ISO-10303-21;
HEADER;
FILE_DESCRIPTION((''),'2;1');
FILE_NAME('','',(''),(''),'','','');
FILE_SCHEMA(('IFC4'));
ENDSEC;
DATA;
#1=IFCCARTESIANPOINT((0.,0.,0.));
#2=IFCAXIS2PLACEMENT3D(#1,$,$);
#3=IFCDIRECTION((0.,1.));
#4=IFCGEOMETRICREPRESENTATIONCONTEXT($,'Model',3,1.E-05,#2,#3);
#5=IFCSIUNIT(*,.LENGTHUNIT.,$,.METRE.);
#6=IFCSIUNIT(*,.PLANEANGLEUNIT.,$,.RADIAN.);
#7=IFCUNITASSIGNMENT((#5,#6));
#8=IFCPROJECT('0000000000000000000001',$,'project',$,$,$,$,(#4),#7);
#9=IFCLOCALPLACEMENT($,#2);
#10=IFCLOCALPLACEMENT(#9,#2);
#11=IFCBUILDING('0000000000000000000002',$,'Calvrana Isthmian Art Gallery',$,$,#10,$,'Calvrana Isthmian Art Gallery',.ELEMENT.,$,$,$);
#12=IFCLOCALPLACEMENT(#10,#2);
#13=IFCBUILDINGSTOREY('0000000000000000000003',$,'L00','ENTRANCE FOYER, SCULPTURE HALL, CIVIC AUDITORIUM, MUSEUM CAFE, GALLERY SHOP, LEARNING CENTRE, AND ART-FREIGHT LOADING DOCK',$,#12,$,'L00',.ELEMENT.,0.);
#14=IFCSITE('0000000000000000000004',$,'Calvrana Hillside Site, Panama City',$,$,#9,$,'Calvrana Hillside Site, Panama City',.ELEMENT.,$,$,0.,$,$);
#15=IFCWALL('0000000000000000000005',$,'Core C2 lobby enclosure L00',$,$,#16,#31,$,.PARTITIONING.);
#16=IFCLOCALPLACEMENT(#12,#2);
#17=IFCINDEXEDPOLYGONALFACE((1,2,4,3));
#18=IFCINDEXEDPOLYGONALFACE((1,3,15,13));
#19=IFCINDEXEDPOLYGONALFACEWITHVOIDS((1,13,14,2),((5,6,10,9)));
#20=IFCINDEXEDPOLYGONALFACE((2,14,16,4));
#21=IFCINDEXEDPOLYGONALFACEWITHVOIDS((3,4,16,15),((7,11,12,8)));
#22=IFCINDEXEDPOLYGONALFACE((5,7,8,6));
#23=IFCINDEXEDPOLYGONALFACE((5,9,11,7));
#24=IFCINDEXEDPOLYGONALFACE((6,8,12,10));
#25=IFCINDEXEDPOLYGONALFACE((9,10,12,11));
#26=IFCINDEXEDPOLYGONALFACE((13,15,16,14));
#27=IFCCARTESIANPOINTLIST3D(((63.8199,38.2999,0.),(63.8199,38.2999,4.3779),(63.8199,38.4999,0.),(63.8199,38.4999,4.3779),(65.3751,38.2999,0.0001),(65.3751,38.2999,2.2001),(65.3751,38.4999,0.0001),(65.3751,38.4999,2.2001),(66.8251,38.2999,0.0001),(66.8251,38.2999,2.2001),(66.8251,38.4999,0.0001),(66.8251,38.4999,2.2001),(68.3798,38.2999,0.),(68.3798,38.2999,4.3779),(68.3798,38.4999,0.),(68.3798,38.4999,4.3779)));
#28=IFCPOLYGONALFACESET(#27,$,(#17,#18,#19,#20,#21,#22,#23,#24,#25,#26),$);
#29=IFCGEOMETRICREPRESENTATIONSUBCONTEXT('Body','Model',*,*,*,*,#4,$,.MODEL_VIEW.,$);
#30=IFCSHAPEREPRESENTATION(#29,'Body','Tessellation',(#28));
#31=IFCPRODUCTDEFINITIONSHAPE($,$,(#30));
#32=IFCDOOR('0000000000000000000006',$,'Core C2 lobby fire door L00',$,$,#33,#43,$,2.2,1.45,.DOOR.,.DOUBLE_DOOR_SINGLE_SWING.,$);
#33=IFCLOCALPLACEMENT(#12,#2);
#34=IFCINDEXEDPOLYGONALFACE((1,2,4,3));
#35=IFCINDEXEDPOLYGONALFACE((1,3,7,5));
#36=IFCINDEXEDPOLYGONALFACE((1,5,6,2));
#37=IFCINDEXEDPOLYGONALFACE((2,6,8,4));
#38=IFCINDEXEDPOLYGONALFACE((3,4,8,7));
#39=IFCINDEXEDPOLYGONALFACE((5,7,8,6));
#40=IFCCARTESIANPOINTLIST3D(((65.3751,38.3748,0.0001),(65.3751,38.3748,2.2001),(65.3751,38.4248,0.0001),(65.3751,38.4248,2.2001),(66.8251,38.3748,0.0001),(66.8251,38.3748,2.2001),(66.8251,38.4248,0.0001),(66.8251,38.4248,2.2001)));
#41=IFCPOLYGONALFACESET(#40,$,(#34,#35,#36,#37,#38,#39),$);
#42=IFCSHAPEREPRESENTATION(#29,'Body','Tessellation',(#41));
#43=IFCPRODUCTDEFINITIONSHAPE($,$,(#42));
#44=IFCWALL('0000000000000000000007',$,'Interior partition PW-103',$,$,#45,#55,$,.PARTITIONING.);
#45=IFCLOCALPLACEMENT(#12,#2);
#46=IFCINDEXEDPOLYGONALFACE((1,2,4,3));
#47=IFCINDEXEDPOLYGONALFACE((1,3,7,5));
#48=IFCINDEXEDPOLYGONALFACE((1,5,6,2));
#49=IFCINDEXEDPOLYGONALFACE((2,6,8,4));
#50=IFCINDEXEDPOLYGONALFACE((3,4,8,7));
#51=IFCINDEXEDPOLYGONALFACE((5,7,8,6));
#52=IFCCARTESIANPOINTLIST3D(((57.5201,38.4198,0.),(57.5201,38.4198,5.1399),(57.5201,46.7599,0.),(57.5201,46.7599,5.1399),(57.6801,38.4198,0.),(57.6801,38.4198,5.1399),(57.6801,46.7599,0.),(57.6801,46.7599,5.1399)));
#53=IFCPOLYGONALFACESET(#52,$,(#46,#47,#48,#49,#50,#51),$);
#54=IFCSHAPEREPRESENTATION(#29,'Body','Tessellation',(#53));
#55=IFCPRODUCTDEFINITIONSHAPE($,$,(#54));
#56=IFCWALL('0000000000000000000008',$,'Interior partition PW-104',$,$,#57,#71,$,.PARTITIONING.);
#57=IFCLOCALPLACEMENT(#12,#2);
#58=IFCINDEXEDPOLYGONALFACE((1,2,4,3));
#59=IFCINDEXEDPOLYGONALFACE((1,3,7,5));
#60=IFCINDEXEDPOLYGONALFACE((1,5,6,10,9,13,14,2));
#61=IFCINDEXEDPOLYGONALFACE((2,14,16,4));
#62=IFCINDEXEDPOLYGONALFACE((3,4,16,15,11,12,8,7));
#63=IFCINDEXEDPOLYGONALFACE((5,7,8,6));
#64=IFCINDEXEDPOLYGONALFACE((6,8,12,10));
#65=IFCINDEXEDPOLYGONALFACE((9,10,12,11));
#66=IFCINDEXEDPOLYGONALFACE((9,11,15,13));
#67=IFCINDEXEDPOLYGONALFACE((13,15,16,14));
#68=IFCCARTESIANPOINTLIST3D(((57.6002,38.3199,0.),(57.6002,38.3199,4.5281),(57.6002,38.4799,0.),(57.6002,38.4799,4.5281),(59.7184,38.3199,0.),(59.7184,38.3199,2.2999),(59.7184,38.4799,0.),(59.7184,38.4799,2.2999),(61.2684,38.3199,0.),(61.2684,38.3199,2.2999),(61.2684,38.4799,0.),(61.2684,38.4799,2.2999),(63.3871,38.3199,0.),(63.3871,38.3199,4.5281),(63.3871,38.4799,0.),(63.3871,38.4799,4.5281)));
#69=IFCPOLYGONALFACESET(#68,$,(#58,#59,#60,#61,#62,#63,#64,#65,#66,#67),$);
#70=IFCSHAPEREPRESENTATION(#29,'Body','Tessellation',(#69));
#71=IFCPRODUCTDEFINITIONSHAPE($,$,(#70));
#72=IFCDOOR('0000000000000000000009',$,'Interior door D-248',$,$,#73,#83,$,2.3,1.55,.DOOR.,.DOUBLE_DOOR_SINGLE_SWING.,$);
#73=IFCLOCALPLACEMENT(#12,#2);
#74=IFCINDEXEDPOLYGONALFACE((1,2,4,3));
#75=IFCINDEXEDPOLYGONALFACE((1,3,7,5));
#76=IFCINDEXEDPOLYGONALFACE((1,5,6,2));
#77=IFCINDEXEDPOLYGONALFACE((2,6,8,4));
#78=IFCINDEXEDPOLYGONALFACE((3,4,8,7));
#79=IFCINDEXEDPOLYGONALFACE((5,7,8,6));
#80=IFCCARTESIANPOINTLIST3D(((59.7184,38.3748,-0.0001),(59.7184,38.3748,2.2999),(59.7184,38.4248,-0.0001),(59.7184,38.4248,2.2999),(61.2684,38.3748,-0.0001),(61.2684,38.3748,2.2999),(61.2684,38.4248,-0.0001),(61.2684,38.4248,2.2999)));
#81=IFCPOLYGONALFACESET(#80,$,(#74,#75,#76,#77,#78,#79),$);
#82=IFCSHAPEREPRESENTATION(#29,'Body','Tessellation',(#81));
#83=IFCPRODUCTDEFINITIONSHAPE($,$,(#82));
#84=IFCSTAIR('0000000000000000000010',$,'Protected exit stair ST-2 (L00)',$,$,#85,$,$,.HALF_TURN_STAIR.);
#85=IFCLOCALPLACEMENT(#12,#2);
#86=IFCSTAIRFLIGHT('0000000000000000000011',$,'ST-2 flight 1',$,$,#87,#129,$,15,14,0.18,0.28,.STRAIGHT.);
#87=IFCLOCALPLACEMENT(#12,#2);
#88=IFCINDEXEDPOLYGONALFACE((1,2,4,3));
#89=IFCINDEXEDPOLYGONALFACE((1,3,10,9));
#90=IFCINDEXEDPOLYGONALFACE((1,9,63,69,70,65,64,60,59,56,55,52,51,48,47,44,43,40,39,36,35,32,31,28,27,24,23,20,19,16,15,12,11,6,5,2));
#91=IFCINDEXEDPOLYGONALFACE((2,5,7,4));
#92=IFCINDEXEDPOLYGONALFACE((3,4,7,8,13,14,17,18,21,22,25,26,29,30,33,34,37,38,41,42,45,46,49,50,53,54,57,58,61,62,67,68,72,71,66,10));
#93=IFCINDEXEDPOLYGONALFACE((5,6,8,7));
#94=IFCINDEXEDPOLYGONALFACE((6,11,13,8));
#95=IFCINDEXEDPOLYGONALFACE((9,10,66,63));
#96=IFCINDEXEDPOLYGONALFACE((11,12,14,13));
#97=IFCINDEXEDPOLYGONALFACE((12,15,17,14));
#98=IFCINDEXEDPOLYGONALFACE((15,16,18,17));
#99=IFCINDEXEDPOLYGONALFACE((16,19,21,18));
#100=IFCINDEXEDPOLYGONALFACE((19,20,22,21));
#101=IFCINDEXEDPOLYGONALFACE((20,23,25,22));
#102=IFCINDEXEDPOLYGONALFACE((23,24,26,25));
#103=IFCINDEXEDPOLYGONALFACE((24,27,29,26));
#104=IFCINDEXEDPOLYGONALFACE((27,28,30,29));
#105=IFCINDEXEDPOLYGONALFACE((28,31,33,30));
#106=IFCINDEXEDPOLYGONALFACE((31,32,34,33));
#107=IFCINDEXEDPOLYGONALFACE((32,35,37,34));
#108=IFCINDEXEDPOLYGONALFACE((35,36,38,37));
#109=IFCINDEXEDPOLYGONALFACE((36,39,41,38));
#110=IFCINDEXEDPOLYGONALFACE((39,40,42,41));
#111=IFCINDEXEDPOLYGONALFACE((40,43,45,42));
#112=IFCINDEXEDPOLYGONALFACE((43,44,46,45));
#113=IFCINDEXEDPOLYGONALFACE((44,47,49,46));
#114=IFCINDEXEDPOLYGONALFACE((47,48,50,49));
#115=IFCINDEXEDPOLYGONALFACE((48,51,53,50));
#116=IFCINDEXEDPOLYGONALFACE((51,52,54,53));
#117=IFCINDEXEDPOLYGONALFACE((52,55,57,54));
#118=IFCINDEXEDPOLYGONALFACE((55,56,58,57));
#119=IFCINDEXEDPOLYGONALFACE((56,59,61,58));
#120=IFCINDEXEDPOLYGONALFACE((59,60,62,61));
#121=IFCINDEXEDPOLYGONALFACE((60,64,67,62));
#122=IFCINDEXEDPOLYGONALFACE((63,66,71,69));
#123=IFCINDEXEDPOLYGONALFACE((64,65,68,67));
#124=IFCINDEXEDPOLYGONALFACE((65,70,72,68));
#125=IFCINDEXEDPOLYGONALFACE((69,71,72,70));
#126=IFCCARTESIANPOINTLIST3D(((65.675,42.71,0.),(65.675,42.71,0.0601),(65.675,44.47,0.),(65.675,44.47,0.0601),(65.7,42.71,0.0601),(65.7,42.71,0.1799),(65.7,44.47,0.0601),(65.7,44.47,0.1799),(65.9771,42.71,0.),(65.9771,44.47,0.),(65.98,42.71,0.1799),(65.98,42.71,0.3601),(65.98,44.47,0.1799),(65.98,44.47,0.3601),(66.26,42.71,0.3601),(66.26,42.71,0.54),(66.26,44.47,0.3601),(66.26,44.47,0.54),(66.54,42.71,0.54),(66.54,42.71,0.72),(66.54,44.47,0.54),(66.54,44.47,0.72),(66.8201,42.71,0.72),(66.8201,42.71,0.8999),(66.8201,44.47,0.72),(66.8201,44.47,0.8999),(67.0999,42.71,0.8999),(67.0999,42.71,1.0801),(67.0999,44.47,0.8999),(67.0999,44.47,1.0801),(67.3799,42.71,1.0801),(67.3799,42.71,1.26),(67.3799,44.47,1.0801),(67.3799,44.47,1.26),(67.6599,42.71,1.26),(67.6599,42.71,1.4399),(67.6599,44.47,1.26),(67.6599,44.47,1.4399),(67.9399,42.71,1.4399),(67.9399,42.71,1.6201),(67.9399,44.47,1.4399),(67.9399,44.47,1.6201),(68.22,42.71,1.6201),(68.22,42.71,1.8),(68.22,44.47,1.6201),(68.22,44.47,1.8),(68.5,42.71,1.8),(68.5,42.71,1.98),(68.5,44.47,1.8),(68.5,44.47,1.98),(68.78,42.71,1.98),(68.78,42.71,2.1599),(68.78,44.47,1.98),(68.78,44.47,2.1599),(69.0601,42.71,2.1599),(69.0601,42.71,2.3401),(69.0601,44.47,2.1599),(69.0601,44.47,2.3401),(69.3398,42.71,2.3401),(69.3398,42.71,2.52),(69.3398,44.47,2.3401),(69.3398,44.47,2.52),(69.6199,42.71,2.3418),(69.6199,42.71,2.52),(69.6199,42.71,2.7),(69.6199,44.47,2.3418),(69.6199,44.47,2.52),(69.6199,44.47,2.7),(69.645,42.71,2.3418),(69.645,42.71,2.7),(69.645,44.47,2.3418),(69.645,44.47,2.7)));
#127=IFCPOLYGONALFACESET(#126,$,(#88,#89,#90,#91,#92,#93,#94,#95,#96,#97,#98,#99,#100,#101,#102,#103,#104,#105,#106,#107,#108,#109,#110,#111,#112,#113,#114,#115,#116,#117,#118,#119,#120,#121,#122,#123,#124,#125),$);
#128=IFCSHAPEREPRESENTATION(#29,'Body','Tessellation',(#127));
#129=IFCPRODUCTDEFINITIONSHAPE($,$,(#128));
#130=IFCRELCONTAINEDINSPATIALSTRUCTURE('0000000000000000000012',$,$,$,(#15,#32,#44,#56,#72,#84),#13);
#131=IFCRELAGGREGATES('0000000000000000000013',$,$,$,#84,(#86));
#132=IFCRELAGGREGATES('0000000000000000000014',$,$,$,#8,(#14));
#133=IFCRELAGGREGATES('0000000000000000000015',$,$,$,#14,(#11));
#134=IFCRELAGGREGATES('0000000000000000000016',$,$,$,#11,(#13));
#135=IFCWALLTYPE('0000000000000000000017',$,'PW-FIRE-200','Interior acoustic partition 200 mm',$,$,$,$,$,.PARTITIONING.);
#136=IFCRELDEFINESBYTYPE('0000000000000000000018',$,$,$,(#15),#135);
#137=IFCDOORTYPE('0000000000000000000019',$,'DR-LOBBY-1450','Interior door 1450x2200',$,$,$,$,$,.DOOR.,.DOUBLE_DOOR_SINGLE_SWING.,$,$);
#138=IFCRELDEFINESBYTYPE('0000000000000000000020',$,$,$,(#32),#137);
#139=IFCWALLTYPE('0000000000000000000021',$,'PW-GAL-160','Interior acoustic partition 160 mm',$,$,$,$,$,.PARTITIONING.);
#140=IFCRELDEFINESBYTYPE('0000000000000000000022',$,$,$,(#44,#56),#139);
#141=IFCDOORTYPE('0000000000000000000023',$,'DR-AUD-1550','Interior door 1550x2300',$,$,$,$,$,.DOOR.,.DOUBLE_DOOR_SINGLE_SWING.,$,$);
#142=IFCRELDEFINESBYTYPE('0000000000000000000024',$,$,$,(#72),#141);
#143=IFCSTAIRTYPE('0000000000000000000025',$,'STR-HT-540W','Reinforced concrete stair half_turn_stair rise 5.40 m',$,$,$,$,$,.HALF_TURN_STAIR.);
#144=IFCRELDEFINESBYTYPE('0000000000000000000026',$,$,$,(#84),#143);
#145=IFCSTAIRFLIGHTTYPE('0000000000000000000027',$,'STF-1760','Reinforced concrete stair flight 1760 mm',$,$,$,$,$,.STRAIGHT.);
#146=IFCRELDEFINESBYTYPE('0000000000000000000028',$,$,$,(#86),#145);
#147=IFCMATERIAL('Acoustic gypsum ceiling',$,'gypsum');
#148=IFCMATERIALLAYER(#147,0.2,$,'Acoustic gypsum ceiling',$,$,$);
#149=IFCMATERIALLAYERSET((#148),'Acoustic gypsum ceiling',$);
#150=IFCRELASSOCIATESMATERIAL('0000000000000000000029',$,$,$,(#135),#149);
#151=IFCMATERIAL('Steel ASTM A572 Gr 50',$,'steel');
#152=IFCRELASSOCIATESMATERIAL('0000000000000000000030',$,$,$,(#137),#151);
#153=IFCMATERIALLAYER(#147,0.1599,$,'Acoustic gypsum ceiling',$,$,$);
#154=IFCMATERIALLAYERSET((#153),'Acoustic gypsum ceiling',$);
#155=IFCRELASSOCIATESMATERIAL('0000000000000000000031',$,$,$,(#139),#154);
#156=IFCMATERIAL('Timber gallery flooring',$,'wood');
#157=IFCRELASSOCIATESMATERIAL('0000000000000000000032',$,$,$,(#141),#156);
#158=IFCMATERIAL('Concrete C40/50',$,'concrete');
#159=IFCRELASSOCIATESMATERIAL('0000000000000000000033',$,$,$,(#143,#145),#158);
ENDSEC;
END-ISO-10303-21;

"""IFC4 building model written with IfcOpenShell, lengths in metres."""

from ifc_helpers import new_model, si_unit, direction, frame, frame_2d, origin, place, context, subcontext, project, spatial, polyline, rectangle, outline, extrude, material, layer, layer_set, type_object, element, fill, aggregate, save


model = new_model("IFC4")

# Units and contexts
model_context = context("Model", 3, precision=1e-05, world=origin(), true_north=direction((0.0, 1.0)))
body_context = subcontext(model_context, "Body", "Model", "MODEL_VIEW")
ifc_project = project(units=[si_unit("LENGTHUNIT", "METRE"), si_unit("PLANEANGLEUNIT", "RADIAN")], contexts=[model_context])

# Site, building, storey
site_placement = place(None, origin())
site = spatial("IfcSite", under=ifc_project, at=site_placement, Name="Calvrana Hillside Site, Panama City", LongName="Calvrana Hillside Site, Panama City", CompositionType="ELEMENT", RefElevation=0.0)
building_placement = place(site_placement, origin())
building = spatial("IfcBuilding", under=site, at=building_placement, Name="Calvrana Isthmian Art Gallery", LongName="Calvrana Isthmian Art Gallery", CompositionType="ELEMENT")
storey_placement = place(building_placement, origin())
storey = spatial("IfcBuildingStorey", under=building, at=storey_placement, Name="L00", Description="ENTRANCE FOYER, SCULPTURE HALL, CIVIC AUDITORIUM, MUSEUM CAFE, GALLERY SHOP, LEARNING CENTRE, AND ART-FREIGHT LOADING DOCK", LongName="L00", CompositionType="ELEMENT", Elevation=0.0)

# Shared definitions
ifc_material_1 = material(Name="Concrete C40/50", Category="concrete")
ifc_material_2 = material(Name="Steel ASTM A572 Gr 50", Category="steel")

# Shared definitions
ifc_material_3 = material(Name="Acoustic gypsum ceiling", Category="gypsum")
ifc_layer_1 = layer(ifc_material_3, 0.2, Name="Acoustic gypsum ceiling")
ifc_layer_set_1 = layer_set([ifc_layer_1], Name="Acoustic gypsum ceiling")
wall_type_1 = type_object("IfcWallType", Name="PW-FIRE-200", Description="Interior acoustic partition 200 mm", PredefinedType="PARTITIONING", material=ifc_layer_set_1)

# Wall, opening, door
wall_1_placement = place(storey_placement, frame((63.8201, 38.3999, 0.0), z_axis=(0.0, 0.0, 1.0), x_axis=(1.0, 0.0, 0.0)))
wall_1 = element("IfcWall", 1, at=wall_1_placement, inside=storey, type_object=wall_type_1, Name="Core C2 lobby enclosure L00", PredefinedType="PARTITIONING", context=body_context, shape_type="SweptSolid", body=[
    extrude(rectangle(XDim=4.5598, YDim=0.2, at=frame_2d((2.2798, 0.0))), origin(), (0.0, 0.0, 1.0), 4.3779),
])
opening_1_placement = place(wall_1_placement, frame((1.5549, 0.0, 0.0)))
opening_1 = element("IfcOpeningElement", 2, at=opening_1_placement, cuts=wall_1, PredefinedType="OPENING", context=body_context, shape_type="SweptSolid", body=[
    extrude(rectangle(XDim=1.45, YDim=2.2, at=frame_2d((0.7251, 1.1001))), frame((0.0, 0.1104, 0.0), z_axis=(0.0, -1.0, 0.0), x_axis=(1.0, 0.0, 0.0)), (0.0, 0.0, 1.0), 0.2205),
])
door_type_1 = type_object("IfcDoorType", Name="DR-LOBBY-1450", Description="Interior door 1450x2200", OperationType="DOUBLE_DOOR_SINGLE_SWING", PredefinedType="DOOR", material=ifc_material_2)
door_1_placement = place(opening_1_placement, origin())
door_1 = element("IfcDoor", 3, at=door_1_placement, inside=storey, type_object=door_type_1, Name="Core C2 lobby fire door L00", OperationType="DOUBLE_DOOR_SINGLE_SWING", OverallHeight=2.2, OverallWidth=1.45, PredefinedType="DOOR", context=body_context, shape_type="SweptSolid", body=[
    extrude(rectangle(XDim=1.45, YDim=2.2, at=frame_2d((0.7251, 1.1001))), frame((0.0, 0.0249, 0.0), z_axis=(0.0, -1.0, 0.0), x_axis=(1.0, 0.0, 0.0)), (0.0, 0.0, 1.0), 0.05),
])
fill(opening_1, door_1)

# Wall
ifc_layer_2 = layer(ifc_material_3, 0.1599, Name="Acoustic gypsum ceiling")
ifc_layer_set_2 = layer_set([ifc_layer_2], Name="Acoustic gypsum ceiling")
wall_type_2 = type_object("IfcWallType", Name="PW-GAL-160", Description="Interior acoustic partition 160 mm", PredefinedType="PARTITIONING", material=ifc_layer_set_2)
wall_2_placement = place(storey_placement, frame((57.6001, 38.4199, 0.0), z_axis=(0.0, 0.0, 1.0), x_axis=(0.0, 1.0, 0.0)))
element("IfcWall", 4, at=wall_2_placement, inside=storey, type_object=wall_type_2, Name="Interior partition PW-103", PredefinedType="PARTITIONING", context=body_context, shape_type="SweptSolid", body=[
    extrude(rectangle(XDim=8.3401, YDim=0.1599, at=frame_2d((4.1699, 0.0))), origin(), (0.0, 0.0, 1.0), 5.1399),
])

# Wall, opening, door
wall_3_placement = place(storey_placement, frame((57.6001, 38.3999, 0.0), z_axis=(0.0, 0.0, 1.0), x_axis=(1.0, 0.0, 0.0)))
wall_3 = element("IfcWall", 5, at=wall_3_placement, inside=storey, type_object=wall_type_2, Name="Interior partition PW-104", PredefinedType="PARTITIONING", context=body_context, shape_type="SweptSolid", body=[
    extrude(rectangle(XDim=5.7869, YDim=0.1599, at=frame_2d((2.8936, 0.0))), origin(), (0.0, 0.0, 1.0), 4.5281),
])
opening_2_placement = place(wall_3_placement, frame((2.1184, 0.0, 0.0)))
opening_2 = element("IfcOpeningElement", 6, at=opening_2_placement, cuts=wall_3, PredefinedType="OPENING", context=body_context, shape_type="SweptSolid", body=[
    extrude(rectangle(XDim=1.55, YDim=2.3, at=frame_2d((0.7749, 1.1499))), frame((0.0, 0.0903, 0.0), z_axis=(0.0, -1.0, 0.0), x_axis=(1.0, 0.0, 0.0)), (0.0, 0.0, 1.0), 0.1804),
])
ifc_material_4 = material(Name="Timber gallery flooring", Category="wood")
door_type_2 = type_object("IfcDoorType", Name="DR-AUD-1550", Description="Interior door 1550x2300", OperationType="DOUBLE_DOOR_SINGLE_SWING", PredefinedType="DOOR", material=ifc_material_4)
door_2_placement = place(opening_2_placement, origin())
door_2 = element("IfcDoor", 7, at=door_2_placement, inside=storey, type_object=door_type_2, Name="Interior door D-248", OperationType="DOUBLE_DOOR_SINGLE_SWING", OverallHeight=2.3, OverallWidth=1.55, PredefinedType="DOOR", context=body_context, shape_type="SweptSolid", body=[
    extrude(rectangle(XDim=1.55, YDim=2.3, at=frame_2d((0.7749, 1.1499))), frame((0.0, 0.0249, 0.0), z_axis=(0.0, -1.0, 0.0), x_axis=(1.0, 0.0, 0.0)), (0.0, 0.0, 1.0), 0.05),
])
fill(opening_2, door_2)

# Stair, stair flight
stair_type = type_object("IfcStairType", Name="STR-HT-540W", Description="Reinforced concrete stair half_turn_stair rise 5.40 m", PredefinedType="HALF_TURN_STAIR", material=ifc_material_1)
stair_placement = place(storey_placement, origin())
stair = element("IfcStair", 8, at=stair_placement, inside=storey, type_object=stair_type, Name="Protected exit stair ST-2 (L00)", PredefinedType="HALF_TURN_STAIR")
stair_flight_type = type_object("IfcStairFlightType", Name="STF-1760", Description="Reinforced concrete stair flight 1760 mm", PredefinedType="STRAIGHT", material=ifc_material_1)
stair_flight_placement = place(storey_placement, frame((65.7, 43.5901, 0.0), z_axis=(0.0, 0.0, 1.0), x_axis=(1.0, 0.0, 0.0)))
stair_flight = element("IfcStairFlight", 9, at=stair_flight_placement, type_object=stair_flight_type, Name="ST-2 flight 1", NumberOfRisers=15, NumberOfTreads=14, PredefinedType="STRAIGHT", RiserHeight=0.18, TreadLength=0.28, context=body_context, shape_type="SweptSolid", body=[
    extrude(outline(polyline([(-0.0249, 0.0), (-0.0249, 0.0601), (0.0, 0.0601), (0.0, 0.1799), (0.28, 0.1799), (0.28, 0.3601), (0.5601, 0.3601), (0.5601, 0.54), (0.8401, 0.54), (0.8401, 0.72), (1.1201, 0.72), (1.1201, 0.8999), (1.3999, 0.8999), (1.3999, 1.0801), (1.6799, 1.0801), (1.6799, 1.26), (1.96, 1.26), (1.96, 1.4399), (2.24, 1.4399), (2.24, 1.6201), (2.52, 1.6201), (2.52, 1.8), (2.8, 1.8), (2.8, 1.98), (3.0801, 1.98), (3.0801, 2.1599), (3.3601, 2.1599), (3.3601, 2.3401), (3.6399, 2.3401), (3.6399, 2.52), (3.9199, 2.52), (3.9199, 2.7), (3.9451, 2.7), (3.9451, 2.3418), (3.9199, 2.3418), (0.2771, 0.0), (-0.0249, 0.0)])), frame((0.0, 0.8799, 0.0), z_axis=(0.0, -1.0, 0.0), x_axis=(1.0, 0.0, 0.0)), (0.0, 0.0, 1.0), 1.76),
])
aggregate(stair, [stair_flight])

save(model, "model.ifc")
